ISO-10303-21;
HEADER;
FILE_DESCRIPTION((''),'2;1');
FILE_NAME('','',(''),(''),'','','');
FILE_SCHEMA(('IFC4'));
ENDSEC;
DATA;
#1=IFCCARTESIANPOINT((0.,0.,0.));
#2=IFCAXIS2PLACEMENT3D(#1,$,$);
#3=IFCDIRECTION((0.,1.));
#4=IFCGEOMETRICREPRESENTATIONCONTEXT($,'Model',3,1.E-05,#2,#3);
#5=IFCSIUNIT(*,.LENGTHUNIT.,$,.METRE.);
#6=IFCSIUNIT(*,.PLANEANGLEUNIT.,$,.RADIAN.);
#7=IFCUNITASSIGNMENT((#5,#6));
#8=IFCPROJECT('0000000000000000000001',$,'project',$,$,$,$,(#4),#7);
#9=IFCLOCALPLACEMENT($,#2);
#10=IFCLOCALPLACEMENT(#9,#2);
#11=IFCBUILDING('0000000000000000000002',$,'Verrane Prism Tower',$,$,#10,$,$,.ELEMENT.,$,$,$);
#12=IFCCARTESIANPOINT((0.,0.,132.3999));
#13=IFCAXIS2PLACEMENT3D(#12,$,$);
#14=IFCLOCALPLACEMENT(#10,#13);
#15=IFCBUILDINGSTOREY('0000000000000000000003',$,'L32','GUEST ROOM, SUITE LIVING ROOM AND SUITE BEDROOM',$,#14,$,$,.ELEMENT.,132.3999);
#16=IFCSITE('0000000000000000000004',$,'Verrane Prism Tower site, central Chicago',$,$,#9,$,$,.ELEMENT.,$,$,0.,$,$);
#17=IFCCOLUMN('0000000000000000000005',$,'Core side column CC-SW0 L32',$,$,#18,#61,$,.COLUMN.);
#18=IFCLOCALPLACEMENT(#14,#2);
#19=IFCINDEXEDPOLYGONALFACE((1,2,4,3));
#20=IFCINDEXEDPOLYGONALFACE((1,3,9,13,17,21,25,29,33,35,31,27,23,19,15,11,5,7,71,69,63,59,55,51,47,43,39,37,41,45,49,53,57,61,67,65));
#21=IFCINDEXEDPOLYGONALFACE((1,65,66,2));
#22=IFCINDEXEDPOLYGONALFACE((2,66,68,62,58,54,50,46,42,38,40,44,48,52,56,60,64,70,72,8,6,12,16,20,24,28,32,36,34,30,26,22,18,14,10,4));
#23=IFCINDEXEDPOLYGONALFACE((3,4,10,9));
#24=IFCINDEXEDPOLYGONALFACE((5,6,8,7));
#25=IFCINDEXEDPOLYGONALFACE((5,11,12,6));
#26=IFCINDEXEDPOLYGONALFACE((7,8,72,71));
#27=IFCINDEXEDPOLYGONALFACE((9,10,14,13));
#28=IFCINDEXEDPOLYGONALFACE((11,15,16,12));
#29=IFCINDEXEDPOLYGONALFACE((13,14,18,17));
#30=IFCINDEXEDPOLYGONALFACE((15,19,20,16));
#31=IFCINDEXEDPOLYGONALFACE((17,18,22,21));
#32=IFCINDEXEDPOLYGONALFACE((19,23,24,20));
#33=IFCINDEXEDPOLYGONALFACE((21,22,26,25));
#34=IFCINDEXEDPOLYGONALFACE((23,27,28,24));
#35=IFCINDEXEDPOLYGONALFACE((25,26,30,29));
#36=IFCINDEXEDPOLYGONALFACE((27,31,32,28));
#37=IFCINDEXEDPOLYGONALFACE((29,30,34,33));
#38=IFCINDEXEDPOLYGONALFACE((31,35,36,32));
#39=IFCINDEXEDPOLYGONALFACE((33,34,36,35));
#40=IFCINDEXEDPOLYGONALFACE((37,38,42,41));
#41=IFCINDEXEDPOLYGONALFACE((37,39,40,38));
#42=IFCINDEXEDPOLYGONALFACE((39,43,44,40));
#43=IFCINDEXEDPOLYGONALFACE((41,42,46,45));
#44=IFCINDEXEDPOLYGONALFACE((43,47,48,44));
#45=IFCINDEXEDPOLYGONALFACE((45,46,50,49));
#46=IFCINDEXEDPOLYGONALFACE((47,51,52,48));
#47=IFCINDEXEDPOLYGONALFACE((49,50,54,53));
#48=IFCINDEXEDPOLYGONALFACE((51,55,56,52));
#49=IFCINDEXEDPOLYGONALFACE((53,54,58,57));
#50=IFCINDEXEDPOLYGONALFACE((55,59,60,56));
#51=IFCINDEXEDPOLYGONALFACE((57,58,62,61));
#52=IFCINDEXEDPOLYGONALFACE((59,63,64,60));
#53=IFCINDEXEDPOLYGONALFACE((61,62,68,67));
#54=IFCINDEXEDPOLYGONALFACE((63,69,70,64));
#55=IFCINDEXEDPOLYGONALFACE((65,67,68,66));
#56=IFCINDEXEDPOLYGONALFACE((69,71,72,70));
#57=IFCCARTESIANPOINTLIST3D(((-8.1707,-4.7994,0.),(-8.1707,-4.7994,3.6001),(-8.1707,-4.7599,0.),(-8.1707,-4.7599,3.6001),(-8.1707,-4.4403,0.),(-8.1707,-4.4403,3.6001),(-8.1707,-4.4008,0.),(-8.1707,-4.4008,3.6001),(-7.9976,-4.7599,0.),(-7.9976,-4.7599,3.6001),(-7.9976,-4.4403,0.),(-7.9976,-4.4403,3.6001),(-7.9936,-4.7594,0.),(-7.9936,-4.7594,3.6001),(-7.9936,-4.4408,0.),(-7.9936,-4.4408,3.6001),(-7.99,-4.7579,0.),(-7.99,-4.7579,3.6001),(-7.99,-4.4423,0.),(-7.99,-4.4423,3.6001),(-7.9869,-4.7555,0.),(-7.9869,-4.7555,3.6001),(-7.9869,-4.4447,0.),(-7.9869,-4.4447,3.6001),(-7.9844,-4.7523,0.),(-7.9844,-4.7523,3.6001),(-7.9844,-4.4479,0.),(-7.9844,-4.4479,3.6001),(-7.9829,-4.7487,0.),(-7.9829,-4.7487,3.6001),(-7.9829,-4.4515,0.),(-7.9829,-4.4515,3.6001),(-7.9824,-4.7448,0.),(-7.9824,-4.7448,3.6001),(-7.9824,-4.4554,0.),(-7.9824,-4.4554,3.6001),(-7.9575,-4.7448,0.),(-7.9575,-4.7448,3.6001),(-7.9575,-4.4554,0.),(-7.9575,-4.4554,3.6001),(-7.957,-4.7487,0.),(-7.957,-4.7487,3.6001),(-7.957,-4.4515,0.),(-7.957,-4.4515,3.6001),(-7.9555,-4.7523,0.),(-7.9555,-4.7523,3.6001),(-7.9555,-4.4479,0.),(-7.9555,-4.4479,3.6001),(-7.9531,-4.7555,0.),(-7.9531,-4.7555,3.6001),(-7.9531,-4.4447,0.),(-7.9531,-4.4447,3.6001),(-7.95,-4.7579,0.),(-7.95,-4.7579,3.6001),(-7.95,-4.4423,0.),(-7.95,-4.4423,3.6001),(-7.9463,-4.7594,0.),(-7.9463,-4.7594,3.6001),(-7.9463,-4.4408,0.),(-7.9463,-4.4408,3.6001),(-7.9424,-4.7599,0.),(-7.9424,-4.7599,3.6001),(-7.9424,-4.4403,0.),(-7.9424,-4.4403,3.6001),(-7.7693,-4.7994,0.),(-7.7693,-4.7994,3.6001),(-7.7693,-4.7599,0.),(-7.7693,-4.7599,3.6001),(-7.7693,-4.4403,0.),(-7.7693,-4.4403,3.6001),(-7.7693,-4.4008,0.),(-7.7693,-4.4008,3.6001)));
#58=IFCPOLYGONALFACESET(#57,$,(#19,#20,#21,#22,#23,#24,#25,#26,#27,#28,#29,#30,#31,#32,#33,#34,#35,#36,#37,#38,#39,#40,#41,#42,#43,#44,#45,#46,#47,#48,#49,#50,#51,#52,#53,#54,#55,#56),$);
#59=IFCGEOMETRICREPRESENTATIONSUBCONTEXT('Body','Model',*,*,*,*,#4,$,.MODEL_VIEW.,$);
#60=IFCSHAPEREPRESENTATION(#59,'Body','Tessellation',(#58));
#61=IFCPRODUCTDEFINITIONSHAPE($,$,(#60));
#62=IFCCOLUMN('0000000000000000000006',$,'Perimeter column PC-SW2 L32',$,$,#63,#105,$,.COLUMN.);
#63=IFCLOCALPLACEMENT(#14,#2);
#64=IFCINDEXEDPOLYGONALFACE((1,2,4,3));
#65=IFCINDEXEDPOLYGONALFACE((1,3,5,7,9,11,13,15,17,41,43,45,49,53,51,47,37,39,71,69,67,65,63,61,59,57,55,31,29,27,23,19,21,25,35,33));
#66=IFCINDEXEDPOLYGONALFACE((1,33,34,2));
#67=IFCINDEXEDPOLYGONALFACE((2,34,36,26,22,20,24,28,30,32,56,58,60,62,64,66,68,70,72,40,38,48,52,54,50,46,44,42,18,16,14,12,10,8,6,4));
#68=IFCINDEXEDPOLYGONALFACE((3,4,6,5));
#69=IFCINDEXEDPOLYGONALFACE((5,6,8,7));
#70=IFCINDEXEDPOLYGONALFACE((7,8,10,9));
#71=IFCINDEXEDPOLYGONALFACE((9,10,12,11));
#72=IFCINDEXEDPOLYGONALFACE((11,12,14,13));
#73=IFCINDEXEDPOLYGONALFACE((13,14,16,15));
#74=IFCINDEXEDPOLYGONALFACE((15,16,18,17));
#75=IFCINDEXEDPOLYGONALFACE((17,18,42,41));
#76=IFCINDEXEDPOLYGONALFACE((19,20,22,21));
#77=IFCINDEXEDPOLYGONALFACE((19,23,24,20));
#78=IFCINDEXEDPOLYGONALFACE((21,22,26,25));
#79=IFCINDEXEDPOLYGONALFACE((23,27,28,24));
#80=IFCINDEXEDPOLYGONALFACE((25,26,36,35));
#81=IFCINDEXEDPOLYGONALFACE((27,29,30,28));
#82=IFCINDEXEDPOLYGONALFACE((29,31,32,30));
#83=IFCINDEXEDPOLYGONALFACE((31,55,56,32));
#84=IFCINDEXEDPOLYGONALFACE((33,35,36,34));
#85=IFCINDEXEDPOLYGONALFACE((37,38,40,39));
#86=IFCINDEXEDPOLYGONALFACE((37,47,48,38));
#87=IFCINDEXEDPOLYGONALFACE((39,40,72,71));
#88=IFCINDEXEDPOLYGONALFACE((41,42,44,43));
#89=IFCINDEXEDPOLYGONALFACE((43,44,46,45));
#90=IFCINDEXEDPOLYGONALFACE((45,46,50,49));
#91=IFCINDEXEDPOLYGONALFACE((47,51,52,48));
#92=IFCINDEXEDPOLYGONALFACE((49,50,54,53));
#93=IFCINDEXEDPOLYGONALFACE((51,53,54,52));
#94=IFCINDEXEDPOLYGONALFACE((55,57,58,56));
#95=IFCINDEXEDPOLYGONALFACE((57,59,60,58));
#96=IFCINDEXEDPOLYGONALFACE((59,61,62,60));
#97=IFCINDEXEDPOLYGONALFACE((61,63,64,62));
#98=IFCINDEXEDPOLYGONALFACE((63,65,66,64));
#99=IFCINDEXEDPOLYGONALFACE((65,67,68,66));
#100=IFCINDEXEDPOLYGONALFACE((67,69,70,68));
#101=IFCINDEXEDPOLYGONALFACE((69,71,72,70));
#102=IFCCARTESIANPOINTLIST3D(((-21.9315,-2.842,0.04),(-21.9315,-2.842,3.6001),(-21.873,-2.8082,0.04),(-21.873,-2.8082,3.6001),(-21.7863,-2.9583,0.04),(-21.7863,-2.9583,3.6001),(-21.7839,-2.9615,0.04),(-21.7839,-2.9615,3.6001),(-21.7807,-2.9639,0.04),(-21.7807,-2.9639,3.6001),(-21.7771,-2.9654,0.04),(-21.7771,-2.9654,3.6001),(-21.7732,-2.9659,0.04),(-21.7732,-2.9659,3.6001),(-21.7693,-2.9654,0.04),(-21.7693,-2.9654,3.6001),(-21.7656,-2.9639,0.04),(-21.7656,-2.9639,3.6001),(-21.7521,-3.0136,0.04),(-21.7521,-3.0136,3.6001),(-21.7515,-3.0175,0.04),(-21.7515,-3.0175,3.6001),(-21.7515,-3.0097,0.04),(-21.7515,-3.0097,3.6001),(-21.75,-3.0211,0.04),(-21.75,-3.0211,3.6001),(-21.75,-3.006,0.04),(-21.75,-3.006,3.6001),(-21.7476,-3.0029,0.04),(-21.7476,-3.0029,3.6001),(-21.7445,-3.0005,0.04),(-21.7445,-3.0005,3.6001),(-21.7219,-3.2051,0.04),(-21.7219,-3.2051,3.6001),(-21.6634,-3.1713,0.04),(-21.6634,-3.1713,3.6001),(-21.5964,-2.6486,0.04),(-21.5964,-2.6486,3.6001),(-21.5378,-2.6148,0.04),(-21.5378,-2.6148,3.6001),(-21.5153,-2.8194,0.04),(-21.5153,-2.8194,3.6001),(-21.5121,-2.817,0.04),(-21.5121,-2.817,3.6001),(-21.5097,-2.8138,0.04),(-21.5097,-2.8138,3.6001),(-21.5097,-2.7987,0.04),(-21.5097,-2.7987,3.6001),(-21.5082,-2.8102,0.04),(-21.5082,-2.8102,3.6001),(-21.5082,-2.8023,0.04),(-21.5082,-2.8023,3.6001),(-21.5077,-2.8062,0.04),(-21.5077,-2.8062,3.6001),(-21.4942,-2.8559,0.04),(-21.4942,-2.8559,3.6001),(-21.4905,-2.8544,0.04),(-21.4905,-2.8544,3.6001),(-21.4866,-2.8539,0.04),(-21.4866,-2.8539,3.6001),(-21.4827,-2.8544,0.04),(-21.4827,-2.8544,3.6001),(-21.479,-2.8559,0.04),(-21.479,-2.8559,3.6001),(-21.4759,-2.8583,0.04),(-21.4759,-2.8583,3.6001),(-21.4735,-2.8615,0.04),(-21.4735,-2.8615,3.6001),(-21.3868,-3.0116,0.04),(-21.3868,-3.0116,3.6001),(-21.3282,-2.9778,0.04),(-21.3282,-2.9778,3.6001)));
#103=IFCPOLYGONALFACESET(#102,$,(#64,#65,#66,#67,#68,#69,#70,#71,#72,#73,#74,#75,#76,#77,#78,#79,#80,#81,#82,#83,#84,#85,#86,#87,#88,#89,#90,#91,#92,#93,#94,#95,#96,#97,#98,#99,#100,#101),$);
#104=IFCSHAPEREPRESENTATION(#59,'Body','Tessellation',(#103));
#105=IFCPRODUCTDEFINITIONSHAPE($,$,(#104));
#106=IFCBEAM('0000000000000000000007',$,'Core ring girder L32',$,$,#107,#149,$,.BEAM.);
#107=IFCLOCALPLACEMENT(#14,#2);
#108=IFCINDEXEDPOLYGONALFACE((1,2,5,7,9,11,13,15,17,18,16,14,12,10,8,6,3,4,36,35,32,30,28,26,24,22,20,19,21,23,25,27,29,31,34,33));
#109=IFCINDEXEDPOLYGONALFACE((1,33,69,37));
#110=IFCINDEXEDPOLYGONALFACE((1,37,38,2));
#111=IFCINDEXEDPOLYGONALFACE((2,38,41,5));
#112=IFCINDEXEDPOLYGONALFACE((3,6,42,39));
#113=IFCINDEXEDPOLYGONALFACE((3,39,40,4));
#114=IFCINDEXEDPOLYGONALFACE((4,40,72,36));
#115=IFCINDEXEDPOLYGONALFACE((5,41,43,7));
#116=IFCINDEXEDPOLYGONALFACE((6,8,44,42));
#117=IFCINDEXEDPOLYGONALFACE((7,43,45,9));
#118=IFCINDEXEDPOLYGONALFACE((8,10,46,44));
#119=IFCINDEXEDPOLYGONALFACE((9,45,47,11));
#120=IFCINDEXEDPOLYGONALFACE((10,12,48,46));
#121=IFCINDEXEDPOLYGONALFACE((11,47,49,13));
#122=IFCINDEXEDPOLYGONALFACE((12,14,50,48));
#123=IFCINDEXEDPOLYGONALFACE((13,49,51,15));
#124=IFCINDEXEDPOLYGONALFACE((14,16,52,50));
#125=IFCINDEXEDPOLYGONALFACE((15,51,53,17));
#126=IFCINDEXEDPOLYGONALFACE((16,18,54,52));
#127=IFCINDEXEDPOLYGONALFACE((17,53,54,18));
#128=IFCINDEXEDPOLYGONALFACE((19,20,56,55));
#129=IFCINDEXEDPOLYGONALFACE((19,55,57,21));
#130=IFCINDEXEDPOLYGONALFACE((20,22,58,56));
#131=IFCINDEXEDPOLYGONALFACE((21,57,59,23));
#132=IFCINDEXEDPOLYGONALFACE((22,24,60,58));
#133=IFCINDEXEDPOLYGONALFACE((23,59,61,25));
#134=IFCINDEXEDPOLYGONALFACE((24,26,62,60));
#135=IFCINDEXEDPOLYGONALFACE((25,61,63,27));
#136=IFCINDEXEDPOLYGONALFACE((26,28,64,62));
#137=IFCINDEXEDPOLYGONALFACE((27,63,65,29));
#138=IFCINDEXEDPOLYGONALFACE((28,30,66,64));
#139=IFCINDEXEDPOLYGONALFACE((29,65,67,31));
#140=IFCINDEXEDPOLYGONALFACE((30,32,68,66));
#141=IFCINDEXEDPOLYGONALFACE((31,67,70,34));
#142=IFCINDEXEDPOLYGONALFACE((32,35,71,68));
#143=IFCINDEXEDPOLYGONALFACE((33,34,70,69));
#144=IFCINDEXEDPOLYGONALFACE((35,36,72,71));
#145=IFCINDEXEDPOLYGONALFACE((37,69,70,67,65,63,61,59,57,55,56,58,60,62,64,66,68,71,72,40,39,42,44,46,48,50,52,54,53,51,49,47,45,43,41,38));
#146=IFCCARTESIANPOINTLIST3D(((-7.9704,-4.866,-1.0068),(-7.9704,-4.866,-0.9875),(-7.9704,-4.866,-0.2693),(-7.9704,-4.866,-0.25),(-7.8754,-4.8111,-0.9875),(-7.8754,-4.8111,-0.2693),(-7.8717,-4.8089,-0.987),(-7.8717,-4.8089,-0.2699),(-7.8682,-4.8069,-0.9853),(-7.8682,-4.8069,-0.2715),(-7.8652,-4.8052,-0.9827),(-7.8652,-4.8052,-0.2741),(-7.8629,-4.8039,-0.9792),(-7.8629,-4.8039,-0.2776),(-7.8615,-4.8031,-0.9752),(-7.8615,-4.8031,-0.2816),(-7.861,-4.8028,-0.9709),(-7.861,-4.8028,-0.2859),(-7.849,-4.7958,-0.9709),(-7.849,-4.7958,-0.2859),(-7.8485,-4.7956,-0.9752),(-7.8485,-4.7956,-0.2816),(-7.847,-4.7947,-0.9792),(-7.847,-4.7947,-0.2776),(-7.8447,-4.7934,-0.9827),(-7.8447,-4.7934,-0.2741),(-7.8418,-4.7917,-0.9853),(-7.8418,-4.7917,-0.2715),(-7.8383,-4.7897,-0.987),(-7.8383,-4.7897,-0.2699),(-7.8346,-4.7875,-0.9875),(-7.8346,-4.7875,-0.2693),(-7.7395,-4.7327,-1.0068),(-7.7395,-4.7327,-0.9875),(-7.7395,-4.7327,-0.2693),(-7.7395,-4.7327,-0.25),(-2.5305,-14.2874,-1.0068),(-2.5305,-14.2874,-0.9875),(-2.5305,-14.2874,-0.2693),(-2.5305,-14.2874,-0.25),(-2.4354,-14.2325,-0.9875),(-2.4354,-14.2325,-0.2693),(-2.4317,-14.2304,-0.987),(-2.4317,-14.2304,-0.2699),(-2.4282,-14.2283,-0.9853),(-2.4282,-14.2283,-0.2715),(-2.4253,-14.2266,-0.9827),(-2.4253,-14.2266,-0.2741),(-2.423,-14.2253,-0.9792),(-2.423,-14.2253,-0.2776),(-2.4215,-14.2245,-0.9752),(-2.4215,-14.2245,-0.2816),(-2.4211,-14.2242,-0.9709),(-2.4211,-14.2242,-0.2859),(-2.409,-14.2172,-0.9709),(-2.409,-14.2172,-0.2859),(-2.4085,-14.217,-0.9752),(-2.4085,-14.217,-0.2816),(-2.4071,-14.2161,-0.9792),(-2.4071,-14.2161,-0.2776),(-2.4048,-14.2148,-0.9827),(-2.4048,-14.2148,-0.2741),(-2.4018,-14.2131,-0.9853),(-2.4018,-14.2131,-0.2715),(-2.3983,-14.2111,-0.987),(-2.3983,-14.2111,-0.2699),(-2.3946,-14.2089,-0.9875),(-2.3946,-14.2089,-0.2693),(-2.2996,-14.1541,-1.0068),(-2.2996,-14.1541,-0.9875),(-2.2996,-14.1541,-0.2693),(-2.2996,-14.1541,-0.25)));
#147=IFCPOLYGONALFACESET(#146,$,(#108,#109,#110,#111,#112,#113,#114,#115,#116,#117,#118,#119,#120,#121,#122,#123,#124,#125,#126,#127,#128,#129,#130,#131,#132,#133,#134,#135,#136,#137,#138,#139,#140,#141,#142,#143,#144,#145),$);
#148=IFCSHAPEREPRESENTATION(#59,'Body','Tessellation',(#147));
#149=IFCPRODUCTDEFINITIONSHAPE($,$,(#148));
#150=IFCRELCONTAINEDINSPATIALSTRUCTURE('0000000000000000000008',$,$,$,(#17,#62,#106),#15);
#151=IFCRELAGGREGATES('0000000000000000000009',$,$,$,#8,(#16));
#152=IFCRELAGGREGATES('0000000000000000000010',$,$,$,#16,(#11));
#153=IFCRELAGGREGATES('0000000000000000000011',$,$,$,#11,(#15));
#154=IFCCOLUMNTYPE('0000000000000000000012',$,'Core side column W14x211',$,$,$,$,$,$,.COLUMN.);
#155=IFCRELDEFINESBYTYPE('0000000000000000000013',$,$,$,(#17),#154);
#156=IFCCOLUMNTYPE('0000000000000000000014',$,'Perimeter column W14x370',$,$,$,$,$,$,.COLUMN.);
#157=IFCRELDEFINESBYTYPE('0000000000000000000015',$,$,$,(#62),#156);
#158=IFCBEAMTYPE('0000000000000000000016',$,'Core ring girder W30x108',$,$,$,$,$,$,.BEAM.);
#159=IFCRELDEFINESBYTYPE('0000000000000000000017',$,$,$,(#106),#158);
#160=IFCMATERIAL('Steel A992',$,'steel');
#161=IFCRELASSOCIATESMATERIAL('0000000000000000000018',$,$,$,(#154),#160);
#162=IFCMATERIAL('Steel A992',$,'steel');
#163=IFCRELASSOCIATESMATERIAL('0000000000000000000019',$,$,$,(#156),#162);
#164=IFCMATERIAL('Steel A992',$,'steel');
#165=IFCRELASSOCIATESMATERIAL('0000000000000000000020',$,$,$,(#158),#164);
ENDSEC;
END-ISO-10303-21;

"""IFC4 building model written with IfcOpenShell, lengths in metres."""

from ifc_helpers import new_model, si_unit, direction, frame, origin, origin_2d, place, context, subcontext, project, spatial, i_section, extrude, material, material_profile, profile_set, type_object, element, save


model = new_model("IFC4")

# Units and contexts
model_context = context("Model", 3, precision=1e-05, world=origin(), true_north=direction((0.0, 1.0)))
body_context = subcontext(model_context, "Body", "Model", "MODEL_VIEW")
ifc_project = project(units=[si_unit("LENGTHUNIT", "METRE"), si_unit("PLANEANGLEUNIT", "RADIAN")], contexts=[model_context])

# Site, building, storey
site_placement = place(None, origin())
site = spatial("IfcSite", under=ifc_project, at=site_placement, Name="Verrane Prism Tower site, central Chicago", CompositionType="ELEMENT", RefElevation=0.0)
building_placement = place(site_placement, origin())
building = spatial("IfcBuilding", under=site, at=building_placement, Name="Verrane Prism Tower", CompositionType="ELEMENT")
storey_placement = place(building_placement, frame((0.0, 0.0, 132.3999)))
storey = spatial("IfcBuildingStorey", under=building, at=storey_placement, Name="L32", Description="GUEST ROOM, SUITE LIVING ROOM AND SUITE BEDROOM", CompositionType="ELEMENT", Elevation=132.3999)

# Columns
ifc_material_1 = material(Name="Steel A992", Category="steel")
ifc_material_profile_1 = material_profile(ifc_material_1, i_section(OverallWidth=0.4014, OverallDepth=0.3987, WebThickness=0.0249, FlangeThickness=0.0396, FilletRadius=0.0151, at=origin_2d()), Name="W14x211")
ifc_profile_set_1 = profile_set([ifc_material_profile_1], Name="Steel A992")
column_type_1 = type_object("IfcColumnType", Name="Core side column W14x211", PredefinedType="COLUMN", material=ifc_profile_set_1)
column_1_placement = place(storey_placement, frame((-7.97, -4.6001, 0.0), z_axis=(0.0, 0.0, 1.0), x_axis=(1.0, 0.0, 0.0)))
element("IfcColumn", 1, at=column_1_placement, inside=storey, type_object=column_type_1, Name="Core side column CC-SW0 L32", PredefinedType="COLUMN", context=body_context, shape_type="SweptSolid", body=[
    extrude(i_section(OverallWidth=0.4014, OverallDepth=0.3987, WebThickness=0.0249, FlangeThickness=0.0396, FilletRadius=0.0151, at=origin_2d()), origin(), (0.0, 0.0, 1.0), 3.6001),
])
ifc_material_2 = material(Name="Steel A992", Category="steel")
ifc_material_profile_2 = material_profile(ifc_material_2, i_section(OverallWidth=0.4192, OverallDepth=0.4546, WebThickness=0.0422, FlangeThickness=0.0676, FilletRadius=0.0151, at=origin_2d()), Name="W14x370")
ifc_profile_set_2 = profile_set([ifc_material_profile_2], Name="Steel A992")
column_type_2 = type_object("IfcColumnType", Name="Perimeter column W14x370", PredefinedType="COLUMN", material=ifc_profile_set_2)
column_2_placement = place(storey_placement, frame((-21.6299, -2.9099, 0.04), z_axis=(0.0, 0.0, 1.0), x_axis=(-0.5, 0.866025, 0.0)))
element("IfcColumn", 2, at=column_2_placement, inside=storey, type_object=column_type_2, Name="Perimeter column PC-SW2 L32", PredefinedType="COLUMN", context=body_context, shape_type="SweptSolid", body=[
    extrude(i_section(OverallWidth=0.4192, OverallDepth=0.4546, WebThickness=0.0422, FlangeThickness=0.0676, FilletRadius=0.0151, at=origin_2d()), origin(), (0.0, 0.0, 1.0), 3.5601),
])

# Beam
ifc_material_3 = material(Name="Steel A992", Category="steel")
ifc_material_profile_3 = material_profile(ifc_material_3, i_section(OverallWidth=0.2666, OverallDepth=0.7568, WebThickness=0.0139, FlangeThickness=0.0193, FilletRadius=0.0166, at=origin_2d()), Name="W30x108")
ifc_profile_set_3 = profile_set([ifc_material_profile_3], Name="Steel A992")
beam_type_1 = type_object("IfcBeamType", Name="Core ring girder W30x108", PredefinedType="BEAM", material=ifc_profile_set_3)
beam_1_placement = place(storey_placement, frame((-7.855, -4.7993, -0.6284), z_axis=(0.500035, -0.866005, 0.0), x_axis=(0.866005, 0.500035, 0.0)))
element("IfcBeam", 3, at=beam_1_placement, inside=storey, type_object=beam_type_1, Name="Core ring girder L32", PredefinedType="BEAM", context=body_context, shape_type="SweptSolid", body=[
    extrude(i_section(OverallWidth=0.2666, OverallDepth=0.7568, WebThickness=0.0139, FlangeThickness=0.0193, FilletRadius=0.0166, at=origin_2d()), origin(), (0.0, 0.0, 1.0), 10.8792),
])

save(model, "model.ifc")
